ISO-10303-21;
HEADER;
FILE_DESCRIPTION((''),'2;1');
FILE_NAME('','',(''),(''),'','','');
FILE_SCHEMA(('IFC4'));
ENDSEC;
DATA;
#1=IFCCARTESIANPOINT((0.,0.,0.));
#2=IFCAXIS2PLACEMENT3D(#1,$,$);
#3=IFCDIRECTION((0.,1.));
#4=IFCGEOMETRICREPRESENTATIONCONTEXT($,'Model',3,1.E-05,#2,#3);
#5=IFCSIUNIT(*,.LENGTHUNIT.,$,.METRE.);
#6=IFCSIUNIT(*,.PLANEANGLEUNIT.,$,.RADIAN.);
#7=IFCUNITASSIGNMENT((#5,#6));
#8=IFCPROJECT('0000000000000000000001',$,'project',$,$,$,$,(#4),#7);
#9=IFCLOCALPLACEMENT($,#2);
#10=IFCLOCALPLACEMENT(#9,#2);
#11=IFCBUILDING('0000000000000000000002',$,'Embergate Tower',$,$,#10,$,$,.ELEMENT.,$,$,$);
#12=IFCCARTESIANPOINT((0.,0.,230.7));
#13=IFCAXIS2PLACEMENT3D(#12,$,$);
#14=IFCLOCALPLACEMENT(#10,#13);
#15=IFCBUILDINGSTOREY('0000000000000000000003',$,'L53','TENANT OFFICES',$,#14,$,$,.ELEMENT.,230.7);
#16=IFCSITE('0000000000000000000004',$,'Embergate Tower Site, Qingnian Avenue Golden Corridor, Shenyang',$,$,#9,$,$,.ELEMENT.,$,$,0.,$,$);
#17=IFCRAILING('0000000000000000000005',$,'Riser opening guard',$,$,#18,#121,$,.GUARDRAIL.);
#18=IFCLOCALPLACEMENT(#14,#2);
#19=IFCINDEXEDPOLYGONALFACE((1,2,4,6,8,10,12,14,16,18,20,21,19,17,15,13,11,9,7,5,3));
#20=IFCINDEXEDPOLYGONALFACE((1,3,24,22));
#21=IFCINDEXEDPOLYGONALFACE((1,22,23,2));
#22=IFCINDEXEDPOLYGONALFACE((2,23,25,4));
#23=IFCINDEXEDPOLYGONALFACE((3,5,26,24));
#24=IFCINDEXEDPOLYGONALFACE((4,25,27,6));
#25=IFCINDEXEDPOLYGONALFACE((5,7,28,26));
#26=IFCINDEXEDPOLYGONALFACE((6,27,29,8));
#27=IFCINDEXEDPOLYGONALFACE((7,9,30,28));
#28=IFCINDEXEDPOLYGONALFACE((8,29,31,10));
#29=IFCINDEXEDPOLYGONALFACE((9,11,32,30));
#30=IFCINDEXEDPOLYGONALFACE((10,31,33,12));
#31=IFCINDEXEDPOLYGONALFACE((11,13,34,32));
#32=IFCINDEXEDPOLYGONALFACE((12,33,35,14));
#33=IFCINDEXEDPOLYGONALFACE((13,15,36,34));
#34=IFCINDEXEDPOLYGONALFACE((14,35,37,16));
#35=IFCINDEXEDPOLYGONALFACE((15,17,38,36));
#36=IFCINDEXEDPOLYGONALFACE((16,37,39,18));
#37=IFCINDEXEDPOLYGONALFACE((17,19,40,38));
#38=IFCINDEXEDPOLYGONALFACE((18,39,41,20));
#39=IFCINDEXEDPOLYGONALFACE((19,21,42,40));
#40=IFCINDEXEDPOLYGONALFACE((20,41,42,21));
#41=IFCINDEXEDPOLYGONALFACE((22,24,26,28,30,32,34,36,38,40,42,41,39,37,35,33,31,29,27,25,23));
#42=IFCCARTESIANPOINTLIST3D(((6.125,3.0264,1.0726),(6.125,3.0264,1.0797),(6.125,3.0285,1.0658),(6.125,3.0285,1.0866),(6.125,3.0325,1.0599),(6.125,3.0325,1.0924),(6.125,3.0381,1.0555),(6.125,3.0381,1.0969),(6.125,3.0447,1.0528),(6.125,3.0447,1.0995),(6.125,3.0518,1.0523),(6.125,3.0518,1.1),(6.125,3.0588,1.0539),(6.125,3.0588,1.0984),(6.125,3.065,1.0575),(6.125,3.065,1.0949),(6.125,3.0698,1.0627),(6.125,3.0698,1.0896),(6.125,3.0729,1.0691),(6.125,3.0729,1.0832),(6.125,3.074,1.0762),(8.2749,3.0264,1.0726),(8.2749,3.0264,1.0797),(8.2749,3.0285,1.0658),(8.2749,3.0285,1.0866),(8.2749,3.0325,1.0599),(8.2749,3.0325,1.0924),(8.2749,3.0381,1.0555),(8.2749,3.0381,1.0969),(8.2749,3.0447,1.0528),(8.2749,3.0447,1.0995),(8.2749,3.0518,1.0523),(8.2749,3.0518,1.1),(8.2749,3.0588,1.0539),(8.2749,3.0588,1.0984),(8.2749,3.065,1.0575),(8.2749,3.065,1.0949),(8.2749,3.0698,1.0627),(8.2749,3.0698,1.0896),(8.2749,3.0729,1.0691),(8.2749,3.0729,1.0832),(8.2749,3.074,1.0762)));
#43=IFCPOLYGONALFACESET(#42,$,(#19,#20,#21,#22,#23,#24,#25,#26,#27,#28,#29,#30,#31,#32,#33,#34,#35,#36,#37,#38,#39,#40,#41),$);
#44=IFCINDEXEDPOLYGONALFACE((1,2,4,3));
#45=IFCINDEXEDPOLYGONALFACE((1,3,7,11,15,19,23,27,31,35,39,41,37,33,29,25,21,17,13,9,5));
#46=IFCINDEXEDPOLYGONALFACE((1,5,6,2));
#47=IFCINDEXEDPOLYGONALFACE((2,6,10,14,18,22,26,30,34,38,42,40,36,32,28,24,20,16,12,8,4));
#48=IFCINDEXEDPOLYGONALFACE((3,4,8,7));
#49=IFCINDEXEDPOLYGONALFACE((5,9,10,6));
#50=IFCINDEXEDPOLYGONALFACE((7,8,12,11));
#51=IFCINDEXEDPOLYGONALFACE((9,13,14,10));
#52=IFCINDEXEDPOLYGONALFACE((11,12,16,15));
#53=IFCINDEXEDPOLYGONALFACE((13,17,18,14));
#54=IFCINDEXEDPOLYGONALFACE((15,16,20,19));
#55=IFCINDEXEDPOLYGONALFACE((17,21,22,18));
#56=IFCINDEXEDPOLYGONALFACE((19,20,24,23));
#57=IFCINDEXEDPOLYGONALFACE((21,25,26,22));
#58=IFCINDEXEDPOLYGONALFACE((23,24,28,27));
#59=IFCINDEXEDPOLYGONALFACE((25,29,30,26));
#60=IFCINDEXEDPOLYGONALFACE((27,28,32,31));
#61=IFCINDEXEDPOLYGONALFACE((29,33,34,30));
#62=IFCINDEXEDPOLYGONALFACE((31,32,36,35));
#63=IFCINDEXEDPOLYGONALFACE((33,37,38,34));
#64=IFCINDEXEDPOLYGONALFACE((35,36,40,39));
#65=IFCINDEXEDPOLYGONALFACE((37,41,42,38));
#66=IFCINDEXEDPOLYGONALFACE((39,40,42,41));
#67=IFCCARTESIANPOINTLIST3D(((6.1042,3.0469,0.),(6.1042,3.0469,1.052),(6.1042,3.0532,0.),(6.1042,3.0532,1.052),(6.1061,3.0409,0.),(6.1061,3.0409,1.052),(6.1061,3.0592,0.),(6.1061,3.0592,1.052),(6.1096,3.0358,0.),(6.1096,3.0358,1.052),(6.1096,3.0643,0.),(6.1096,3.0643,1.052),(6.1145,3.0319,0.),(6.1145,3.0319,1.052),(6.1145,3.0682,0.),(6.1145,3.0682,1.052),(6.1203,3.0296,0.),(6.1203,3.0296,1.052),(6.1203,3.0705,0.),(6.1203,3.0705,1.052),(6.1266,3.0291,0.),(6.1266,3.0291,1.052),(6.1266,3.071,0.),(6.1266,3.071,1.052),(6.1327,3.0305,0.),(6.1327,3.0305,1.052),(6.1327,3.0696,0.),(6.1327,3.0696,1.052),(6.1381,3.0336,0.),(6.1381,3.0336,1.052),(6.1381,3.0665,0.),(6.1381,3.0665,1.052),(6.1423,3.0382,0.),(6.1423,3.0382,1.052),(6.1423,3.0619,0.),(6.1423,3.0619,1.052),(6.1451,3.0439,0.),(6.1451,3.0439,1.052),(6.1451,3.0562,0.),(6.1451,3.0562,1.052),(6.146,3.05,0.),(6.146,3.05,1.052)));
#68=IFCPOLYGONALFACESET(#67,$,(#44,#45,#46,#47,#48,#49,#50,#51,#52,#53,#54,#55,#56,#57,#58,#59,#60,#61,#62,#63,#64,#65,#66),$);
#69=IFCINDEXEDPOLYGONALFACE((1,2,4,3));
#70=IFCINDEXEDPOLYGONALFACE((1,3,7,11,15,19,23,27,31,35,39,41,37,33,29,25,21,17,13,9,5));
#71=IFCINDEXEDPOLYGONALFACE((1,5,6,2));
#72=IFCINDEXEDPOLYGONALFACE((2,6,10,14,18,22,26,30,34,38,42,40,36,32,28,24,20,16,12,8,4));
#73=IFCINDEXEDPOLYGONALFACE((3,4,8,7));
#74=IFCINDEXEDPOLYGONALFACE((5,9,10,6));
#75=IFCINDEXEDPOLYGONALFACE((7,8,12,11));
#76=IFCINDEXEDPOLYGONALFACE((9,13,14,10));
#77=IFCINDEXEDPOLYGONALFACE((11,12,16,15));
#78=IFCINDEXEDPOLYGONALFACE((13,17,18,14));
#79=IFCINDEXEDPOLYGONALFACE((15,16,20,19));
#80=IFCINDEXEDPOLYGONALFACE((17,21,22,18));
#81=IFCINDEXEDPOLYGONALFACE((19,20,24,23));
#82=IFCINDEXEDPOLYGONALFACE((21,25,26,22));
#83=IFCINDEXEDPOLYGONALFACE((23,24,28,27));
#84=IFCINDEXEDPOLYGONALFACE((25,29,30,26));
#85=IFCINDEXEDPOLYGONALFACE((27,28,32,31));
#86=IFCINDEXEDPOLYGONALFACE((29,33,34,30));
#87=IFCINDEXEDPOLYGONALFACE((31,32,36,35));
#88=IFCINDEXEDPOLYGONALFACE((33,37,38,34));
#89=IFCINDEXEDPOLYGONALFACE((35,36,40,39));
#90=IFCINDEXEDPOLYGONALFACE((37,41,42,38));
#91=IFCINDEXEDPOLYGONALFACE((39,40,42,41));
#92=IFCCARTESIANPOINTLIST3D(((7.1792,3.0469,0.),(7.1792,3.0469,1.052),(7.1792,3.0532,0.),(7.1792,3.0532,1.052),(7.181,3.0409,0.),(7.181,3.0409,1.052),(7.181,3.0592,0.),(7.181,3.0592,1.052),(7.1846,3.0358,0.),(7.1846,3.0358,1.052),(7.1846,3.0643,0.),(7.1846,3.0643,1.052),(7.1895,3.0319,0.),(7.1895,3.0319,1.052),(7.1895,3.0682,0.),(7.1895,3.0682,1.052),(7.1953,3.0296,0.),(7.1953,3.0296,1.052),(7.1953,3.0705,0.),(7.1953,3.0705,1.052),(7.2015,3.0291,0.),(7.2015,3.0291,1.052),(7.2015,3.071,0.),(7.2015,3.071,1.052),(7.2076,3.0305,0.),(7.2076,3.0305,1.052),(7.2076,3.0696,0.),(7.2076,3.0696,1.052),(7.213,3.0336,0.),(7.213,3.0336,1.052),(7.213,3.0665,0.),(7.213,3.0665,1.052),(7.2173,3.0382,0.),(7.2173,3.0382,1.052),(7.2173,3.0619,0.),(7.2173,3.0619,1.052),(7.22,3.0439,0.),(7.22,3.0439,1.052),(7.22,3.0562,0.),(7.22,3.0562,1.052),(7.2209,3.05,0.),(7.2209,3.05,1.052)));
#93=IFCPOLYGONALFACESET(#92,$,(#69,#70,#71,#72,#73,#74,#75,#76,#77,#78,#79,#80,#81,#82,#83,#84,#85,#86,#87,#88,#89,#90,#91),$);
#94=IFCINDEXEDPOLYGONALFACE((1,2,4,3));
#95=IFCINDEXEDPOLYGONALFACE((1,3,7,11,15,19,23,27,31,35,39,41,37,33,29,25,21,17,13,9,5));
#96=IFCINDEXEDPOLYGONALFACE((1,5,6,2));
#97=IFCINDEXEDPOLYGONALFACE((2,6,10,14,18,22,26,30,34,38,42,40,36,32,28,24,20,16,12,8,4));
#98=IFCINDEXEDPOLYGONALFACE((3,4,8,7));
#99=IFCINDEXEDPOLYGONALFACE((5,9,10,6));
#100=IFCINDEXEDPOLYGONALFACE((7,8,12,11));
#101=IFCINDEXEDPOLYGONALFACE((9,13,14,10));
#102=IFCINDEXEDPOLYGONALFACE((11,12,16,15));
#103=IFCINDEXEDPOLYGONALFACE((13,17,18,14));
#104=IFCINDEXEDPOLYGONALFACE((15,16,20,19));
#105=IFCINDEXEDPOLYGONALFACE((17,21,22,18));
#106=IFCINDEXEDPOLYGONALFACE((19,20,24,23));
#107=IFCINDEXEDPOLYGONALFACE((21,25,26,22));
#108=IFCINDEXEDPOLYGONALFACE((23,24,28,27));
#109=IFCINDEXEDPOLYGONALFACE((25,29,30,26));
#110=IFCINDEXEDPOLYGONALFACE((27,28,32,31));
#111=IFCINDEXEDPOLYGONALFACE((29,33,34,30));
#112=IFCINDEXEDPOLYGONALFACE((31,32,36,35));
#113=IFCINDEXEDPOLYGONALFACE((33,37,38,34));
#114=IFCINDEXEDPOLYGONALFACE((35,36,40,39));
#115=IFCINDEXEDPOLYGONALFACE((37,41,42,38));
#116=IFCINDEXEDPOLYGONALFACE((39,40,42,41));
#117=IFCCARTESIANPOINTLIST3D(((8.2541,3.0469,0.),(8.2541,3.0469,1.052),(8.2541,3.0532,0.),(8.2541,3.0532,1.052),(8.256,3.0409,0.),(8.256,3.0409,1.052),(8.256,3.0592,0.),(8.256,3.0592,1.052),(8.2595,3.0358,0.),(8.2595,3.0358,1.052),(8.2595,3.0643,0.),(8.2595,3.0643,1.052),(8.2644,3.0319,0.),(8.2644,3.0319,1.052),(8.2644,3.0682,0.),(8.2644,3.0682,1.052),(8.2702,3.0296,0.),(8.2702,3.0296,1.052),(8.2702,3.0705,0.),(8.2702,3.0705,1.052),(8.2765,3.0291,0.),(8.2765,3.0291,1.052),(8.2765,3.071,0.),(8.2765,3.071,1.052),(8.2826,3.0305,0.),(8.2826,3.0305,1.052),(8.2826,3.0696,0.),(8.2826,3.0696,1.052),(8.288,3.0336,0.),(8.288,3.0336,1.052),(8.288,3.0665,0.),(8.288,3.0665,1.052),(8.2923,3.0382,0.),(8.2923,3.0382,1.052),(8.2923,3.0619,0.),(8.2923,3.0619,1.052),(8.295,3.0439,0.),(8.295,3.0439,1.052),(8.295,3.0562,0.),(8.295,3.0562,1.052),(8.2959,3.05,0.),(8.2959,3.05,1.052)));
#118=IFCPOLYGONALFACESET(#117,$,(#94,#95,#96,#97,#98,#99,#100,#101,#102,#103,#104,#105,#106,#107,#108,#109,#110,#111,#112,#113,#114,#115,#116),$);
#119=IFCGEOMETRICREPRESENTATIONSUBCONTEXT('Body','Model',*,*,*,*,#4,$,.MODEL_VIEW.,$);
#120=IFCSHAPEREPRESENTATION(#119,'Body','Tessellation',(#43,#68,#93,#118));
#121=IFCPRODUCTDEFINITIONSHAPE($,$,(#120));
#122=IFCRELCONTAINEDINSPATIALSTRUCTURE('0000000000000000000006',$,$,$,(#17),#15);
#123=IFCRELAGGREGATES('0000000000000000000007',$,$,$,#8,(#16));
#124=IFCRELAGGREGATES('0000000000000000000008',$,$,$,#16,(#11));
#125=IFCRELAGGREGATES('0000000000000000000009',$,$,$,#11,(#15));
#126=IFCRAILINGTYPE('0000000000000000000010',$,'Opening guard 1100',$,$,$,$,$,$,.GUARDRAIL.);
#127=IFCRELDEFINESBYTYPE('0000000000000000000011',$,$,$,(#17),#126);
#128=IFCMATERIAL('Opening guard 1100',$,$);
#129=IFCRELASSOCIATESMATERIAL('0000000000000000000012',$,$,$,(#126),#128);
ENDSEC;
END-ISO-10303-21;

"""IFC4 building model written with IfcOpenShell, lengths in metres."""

from ifc_helpers import new_model, si_unit, direction, frame, origin, origin_2d, place, context, subcontext, project, spatial, circle, extrude, source, transform, mapped, material, type_object, element, save


model = new_model("IFC4")

# Units and contexts
model_context = context("Model", 3, precision=1e-05, world=origin(), true_north=direction((0.0, 1.0)))
body_context = subcontext(model_context, "Body", "Model", "MODEL_VIEW")
ifc_project = project(units=[si_unit("LENGTHUNIT", "METRE"), si_unit("PLANEANGLEUNIT", "RADIAN")], contexts=[model_context])

# Site, building, storey
site_placement = place(None, origin())
site = spatial("IfcSite", under=ifc_project, at=site_placement, Name="Embergate Tower Site, Qingnian Avenue Golden Corridor, Shenyang", CompositionType="ELEMENT", RefElevation=0.0)
building_placement = place(site_placement, origin())
building = spatial("IfcBuilding", under=site, at=building_placement, Name="Embergate Tower", CompositionType="ELEMENT")
storey_placement = place(building_placement, frame((0.0, 0.0, 230.7)))
storey = spatial("IfcBuildingStorey", under=building, at=storey_placement, Name="L53", Description="TENANT OFFICES", CompositionType="ELEMENT", Elevation=230.7)

# Railing
ifc_material_1 = material(Name="Opening guard 1100")
railing_type = type_object("IfcRailingType", Name="Opening guard 1100", PredefinedType="GUARDRAIL", material=ifc_material_1)
shared_shape_1 = source(origin(), body_context, "Body", "SweptSolid", [
    extrude(circle(Radius=0.0239, at=origin_2d()), frame((0.0, 0.0, 1.0762), z_axis=(1.0, 0.0, 0.0), x_axis=(0.0, 1.0, 0.0)), (0.0, 0.0, 1.0), 2.1499),
    extrude(circle(Radius=0.021, at=origin_2d()), origin(), (0.0, 0.0, 1.0), 1.052),
    extrude(circle(Radius=0.021, at=origin_2d()), frame((1.075, 0.0, 0.0)), (0.0, 0.0, 1.0), 1.052),
    extrude(circle(Radius=0.021, at=origin_2d()), frame((2.1499, 0.0, 0.0)), (0.0, 0.0, 1.0), 1.052),
])
railing_placement = place(storey_placement, frame((6.125, 3.05, 0.0)))
element("IfcRailing", 1, at=railing_placement, inside=storey, type_object=railing_type, Name="Riser opening guard", PredefinedType="GUARDRAIL", context=body_context, shape_type="MappedRepresentation", body=[
    mapped(shared_shape_1, transform((0.0, 0.0, 0.0))),
])

save(model, "model.ifc")
